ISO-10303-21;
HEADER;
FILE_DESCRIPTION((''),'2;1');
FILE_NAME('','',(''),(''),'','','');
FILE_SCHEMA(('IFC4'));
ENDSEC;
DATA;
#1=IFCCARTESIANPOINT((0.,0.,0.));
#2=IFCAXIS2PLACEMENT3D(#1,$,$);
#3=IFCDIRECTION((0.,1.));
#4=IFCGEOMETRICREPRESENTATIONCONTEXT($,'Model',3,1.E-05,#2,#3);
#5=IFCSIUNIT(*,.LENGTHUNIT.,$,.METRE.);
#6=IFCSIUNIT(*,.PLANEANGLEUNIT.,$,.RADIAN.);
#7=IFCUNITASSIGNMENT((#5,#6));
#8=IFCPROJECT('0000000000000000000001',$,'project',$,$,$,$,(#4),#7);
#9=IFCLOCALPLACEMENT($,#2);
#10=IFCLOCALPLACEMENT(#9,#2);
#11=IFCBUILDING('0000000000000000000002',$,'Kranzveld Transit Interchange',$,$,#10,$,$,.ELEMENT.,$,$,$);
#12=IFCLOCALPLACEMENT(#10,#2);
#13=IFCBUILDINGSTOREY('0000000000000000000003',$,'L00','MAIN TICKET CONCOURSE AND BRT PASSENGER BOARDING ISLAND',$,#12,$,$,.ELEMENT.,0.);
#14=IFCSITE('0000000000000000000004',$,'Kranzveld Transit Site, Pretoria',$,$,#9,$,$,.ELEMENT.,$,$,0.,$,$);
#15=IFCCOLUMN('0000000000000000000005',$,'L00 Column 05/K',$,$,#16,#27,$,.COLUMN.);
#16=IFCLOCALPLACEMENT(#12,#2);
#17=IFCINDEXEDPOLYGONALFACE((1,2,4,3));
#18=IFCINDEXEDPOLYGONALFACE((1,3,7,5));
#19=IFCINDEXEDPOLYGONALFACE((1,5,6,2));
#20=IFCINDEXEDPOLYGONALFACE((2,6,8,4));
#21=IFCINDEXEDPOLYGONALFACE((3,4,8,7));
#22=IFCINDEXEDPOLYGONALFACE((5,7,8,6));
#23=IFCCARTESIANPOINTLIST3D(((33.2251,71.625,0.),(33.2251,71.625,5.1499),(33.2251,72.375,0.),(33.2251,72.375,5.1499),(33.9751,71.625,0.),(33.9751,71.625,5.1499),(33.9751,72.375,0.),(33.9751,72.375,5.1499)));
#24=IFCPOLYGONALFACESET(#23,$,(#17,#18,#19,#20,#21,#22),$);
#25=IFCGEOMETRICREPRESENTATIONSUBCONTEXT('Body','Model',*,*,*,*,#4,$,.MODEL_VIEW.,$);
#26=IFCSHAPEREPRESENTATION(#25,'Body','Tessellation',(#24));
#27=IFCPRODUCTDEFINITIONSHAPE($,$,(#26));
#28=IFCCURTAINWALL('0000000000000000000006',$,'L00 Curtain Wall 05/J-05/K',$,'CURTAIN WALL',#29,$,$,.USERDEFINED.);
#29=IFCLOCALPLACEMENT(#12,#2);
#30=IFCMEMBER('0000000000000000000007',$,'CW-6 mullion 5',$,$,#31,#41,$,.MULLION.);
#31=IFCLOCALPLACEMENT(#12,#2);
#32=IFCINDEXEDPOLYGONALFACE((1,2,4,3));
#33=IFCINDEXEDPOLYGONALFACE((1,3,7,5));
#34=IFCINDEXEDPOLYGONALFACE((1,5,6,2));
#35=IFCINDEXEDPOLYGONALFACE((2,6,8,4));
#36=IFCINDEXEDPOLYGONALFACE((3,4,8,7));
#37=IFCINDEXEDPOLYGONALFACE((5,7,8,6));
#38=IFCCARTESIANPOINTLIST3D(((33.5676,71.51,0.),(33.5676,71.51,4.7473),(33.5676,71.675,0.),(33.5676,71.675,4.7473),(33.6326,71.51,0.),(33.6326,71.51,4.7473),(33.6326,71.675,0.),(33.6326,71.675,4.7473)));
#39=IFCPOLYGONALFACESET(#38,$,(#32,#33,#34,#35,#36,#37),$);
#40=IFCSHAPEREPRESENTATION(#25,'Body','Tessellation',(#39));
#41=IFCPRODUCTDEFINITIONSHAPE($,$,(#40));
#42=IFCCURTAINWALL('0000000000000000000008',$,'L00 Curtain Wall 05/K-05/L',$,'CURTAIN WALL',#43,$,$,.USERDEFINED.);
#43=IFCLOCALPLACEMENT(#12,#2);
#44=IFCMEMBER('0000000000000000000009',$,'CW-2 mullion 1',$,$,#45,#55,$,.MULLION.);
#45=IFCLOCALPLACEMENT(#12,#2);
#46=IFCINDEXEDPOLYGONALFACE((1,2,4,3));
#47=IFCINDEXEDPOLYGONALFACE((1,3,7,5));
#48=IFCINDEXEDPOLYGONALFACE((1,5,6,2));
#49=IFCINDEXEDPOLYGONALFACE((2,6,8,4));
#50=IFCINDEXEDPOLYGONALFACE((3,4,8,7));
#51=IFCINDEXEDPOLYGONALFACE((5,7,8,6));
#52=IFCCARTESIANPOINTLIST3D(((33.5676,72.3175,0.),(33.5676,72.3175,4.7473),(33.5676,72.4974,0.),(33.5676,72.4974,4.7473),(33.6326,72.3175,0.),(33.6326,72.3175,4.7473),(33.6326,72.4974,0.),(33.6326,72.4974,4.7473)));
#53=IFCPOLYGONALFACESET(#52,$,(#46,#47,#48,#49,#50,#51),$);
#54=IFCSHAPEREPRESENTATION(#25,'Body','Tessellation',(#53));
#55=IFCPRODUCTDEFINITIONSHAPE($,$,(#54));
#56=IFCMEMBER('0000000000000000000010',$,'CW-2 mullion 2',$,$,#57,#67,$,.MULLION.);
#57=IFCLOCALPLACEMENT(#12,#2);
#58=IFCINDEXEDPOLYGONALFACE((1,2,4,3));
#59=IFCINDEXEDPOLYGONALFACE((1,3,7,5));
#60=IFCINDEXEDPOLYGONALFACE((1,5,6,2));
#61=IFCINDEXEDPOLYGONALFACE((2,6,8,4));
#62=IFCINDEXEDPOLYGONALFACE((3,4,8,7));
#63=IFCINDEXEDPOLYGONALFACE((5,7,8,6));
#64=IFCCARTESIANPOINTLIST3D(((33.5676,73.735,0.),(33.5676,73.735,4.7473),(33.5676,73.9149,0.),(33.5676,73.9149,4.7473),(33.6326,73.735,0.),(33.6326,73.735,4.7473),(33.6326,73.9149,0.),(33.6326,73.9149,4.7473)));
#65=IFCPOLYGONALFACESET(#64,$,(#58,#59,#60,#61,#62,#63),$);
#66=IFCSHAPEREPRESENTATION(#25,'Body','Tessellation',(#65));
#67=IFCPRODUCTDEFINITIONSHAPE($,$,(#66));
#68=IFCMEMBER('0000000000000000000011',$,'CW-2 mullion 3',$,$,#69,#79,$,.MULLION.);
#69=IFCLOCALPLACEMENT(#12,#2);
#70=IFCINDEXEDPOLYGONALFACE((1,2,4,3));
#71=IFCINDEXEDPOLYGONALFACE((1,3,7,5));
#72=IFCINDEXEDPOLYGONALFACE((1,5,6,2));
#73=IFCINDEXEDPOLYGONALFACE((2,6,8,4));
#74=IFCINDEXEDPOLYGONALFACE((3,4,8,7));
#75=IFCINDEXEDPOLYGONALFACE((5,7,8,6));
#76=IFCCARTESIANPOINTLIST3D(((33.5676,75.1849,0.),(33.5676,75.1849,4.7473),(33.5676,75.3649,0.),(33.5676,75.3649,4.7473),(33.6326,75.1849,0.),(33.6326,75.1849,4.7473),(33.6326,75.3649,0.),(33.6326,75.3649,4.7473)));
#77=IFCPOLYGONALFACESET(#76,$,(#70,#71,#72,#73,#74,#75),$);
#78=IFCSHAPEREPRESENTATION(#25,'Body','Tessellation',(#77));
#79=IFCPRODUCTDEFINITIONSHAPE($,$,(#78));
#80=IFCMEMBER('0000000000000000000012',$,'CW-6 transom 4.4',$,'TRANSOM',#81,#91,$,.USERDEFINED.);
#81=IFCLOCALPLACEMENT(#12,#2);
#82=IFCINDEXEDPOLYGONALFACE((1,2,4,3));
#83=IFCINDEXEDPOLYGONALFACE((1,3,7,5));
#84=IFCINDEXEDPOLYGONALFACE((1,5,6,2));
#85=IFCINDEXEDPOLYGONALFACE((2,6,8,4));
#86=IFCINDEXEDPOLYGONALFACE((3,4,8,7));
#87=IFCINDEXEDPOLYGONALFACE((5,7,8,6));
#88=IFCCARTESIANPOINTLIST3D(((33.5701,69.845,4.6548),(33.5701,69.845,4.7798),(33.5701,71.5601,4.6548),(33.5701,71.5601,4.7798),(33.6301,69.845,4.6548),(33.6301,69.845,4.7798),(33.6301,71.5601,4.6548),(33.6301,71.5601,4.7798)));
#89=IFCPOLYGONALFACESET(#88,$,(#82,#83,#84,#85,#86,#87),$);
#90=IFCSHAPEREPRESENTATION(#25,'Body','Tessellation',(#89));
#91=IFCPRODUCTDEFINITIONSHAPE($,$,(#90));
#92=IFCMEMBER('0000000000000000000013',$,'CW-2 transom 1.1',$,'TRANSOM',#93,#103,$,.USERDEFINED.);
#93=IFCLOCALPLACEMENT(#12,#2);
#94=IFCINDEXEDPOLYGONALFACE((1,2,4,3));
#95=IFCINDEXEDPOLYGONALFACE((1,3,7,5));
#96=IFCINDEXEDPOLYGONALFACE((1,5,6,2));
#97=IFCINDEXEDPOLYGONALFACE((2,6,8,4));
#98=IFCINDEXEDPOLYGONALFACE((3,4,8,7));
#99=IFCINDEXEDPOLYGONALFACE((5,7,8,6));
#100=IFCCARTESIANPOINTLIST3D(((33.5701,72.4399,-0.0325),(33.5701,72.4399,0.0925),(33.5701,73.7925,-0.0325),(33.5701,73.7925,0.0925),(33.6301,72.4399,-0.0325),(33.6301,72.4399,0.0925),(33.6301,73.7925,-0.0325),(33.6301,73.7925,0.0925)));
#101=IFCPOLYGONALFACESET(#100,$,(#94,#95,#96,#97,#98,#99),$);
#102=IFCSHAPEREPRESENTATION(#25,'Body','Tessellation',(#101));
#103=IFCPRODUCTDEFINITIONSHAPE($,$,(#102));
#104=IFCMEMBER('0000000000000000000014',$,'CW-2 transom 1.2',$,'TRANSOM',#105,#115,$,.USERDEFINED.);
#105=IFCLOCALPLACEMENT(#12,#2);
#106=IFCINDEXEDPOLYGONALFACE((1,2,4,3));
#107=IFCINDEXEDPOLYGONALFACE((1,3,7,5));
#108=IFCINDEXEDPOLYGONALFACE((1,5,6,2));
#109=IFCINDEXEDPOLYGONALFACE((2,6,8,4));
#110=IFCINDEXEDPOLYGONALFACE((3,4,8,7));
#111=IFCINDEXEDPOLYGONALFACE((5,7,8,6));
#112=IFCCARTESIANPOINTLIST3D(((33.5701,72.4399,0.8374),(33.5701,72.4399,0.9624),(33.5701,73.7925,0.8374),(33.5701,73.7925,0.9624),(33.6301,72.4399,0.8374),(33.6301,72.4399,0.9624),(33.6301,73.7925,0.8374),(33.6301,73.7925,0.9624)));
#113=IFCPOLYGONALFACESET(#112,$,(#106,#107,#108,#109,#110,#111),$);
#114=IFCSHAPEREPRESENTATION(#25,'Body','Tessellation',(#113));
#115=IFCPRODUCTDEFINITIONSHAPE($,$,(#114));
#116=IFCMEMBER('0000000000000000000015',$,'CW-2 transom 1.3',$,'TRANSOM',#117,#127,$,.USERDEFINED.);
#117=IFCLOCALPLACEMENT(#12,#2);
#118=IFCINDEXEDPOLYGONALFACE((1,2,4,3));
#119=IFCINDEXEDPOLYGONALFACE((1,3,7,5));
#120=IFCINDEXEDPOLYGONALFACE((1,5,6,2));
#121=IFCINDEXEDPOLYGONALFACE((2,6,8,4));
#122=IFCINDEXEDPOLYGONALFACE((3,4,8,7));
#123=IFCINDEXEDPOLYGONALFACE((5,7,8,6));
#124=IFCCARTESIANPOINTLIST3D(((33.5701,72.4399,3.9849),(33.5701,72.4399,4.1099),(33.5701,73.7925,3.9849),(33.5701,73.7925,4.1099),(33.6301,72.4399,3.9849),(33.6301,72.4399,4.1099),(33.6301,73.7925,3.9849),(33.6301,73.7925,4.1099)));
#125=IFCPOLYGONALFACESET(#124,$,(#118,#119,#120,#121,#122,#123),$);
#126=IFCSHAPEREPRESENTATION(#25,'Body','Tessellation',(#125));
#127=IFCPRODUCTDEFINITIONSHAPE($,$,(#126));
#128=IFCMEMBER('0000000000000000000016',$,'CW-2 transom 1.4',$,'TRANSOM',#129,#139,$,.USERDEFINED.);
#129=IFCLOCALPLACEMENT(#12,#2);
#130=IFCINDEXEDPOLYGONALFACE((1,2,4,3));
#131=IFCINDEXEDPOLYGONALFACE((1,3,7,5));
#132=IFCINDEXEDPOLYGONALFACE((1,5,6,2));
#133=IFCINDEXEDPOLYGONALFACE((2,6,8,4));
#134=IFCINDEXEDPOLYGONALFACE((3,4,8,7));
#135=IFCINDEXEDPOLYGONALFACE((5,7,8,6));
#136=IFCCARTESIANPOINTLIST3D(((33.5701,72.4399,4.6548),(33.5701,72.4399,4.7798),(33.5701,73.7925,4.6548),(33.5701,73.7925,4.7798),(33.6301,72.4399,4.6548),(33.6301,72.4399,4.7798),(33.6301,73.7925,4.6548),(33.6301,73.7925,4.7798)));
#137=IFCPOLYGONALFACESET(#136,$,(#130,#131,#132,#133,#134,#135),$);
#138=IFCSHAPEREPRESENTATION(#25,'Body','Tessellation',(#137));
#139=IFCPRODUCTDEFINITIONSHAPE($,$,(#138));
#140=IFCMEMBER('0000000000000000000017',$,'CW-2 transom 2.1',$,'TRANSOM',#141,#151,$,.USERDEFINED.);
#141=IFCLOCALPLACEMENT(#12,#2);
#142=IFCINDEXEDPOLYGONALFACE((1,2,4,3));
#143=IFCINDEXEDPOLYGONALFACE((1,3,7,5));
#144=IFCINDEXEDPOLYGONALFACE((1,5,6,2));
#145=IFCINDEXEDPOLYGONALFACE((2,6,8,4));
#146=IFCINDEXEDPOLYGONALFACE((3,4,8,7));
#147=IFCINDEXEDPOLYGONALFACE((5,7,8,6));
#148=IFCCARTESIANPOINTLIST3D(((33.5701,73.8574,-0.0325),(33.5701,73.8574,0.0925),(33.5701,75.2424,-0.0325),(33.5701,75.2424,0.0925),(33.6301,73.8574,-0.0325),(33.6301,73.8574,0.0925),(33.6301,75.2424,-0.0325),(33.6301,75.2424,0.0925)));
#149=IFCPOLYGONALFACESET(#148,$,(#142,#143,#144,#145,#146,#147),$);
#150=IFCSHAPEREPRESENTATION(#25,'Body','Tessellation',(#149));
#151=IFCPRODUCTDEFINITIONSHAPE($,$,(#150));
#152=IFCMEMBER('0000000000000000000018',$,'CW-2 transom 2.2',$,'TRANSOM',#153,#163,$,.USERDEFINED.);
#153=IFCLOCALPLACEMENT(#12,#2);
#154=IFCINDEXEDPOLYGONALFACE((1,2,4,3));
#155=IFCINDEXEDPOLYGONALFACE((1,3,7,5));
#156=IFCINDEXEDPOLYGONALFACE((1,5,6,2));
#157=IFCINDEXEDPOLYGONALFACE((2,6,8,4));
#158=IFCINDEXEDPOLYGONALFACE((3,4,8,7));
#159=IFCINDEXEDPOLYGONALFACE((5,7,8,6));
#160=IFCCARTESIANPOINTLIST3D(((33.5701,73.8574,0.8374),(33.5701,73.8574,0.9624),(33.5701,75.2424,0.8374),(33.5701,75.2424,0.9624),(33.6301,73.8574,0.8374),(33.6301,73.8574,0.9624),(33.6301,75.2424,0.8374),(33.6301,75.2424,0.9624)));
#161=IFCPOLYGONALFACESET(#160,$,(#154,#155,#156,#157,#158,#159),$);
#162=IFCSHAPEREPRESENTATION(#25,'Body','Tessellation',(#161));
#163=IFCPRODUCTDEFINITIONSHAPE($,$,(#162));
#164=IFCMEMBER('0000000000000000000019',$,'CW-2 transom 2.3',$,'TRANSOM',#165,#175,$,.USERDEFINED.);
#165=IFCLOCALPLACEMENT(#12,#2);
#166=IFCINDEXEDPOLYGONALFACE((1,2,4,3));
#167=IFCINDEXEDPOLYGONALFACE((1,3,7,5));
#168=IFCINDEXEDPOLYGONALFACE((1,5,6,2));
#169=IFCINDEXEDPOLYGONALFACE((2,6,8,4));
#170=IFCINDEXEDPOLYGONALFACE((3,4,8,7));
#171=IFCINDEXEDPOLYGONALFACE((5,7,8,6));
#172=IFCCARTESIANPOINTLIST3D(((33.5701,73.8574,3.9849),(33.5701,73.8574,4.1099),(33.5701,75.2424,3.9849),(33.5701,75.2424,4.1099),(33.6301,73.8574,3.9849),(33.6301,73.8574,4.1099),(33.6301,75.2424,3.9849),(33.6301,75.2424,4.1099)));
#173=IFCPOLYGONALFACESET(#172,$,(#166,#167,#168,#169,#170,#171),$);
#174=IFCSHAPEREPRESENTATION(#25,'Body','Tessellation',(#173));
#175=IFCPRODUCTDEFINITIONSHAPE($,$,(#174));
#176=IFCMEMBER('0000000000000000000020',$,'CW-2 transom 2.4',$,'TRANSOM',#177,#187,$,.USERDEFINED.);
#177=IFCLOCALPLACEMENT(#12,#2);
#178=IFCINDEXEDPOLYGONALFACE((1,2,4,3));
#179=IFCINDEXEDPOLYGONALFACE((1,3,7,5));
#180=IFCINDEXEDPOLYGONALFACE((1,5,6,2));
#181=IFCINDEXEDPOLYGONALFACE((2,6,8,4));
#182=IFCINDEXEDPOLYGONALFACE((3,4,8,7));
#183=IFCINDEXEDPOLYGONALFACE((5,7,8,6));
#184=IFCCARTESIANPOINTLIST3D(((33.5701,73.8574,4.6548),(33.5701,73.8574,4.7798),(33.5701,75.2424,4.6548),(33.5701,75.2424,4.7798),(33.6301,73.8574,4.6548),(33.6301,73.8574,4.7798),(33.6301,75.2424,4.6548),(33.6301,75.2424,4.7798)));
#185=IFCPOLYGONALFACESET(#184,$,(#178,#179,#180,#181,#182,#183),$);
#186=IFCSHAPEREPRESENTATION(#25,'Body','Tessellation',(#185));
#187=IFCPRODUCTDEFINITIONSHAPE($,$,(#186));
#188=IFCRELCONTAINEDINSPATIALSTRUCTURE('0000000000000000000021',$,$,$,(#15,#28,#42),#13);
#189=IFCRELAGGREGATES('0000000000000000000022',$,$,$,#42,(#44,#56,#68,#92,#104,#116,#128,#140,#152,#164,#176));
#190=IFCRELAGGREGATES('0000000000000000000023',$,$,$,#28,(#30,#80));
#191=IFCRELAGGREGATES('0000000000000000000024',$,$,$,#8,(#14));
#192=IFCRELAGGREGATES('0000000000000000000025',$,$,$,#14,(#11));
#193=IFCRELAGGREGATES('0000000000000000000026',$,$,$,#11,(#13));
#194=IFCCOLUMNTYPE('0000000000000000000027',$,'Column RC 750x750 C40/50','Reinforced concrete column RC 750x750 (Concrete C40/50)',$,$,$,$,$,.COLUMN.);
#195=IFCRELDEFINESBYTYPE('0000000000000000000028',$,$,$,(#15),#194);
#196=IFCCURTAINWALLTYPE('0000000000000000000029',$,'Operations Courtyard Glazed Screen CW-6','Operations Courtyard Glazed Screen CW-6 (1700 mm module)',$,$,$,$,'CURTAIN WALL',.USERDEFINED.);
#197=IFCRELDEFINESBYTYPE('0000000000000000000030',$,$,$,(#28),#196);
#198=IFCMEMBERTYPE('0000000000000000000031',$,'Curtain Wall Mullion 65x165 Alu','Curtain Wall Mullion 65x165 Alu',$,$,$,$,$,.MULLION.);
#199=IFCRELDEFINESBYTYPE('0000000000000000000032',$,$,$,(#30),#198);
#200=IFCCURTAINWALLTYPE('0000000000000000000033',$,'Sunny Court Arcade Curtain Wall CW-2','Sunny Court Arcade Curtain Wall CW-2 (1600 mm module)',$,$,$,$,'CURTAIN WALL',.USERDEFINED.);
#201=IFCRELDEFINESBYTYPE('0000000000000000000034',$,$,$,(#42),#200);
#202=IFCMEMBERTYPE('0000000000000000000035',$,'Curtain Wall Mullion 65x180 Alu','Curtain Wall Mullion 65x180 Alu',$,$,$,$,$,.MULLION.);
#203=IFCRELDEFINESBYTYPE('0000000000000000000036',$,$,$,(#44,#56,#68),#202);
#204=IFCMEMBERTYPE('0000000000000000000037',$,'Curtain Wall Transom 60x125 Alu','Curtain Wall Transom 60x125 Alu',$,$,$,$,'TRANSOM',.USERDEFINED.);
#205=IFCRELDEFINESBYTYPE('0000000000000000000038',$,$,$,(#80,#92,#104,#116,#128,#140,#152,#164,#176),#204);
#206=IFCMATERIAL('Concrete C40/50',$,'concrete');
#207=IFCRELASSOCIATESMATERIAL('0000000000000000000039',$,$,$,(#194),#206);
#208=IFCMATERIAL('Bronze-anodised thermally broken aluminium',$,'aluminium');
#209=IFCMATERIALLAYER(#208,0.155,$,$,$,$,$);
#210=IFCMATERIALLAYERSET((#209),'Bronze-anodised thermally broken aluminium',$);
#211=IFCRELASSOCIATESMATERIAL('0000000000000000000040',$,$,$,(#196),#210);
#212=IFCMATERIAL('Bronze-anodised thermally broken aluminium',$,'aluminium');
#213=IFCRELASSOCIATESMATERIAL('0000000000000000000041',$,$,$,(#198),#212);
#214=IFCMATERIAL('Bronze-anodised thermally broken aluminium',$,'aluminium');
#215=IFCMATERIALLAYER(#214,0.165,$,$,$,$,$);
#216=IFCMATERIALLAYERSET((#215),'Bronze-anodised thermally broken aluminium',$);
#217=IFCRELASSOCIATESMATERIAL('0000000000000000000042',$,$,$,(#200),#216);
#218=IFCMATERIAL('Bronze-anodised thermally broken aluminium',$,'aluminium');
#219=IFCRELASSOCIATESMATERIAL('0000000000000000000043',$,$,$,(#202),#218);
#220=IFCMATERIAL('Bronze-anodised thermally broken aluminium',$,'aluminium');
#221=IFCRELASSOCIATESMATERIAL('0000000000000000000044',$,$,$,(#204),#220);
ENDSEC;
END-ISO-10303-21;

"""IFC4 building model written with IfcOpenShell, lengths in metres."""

from ifc_helpers import new_model, si_unit, direction, frame, origin, origin_2d, place, context, subcontext, project, spatial, rectangle, extrude, material, layer, layer_set, material_profile, profile_set, type_object, element, aggregate, save


model = new_model("IFC4")

# Units and contexts
model_context = context("Model", 3, precision=1e-05, world=origin(), true_north=direction((0.0, 1.0)))
body_context = subcontext(model_context, "Body", "Model", "MODEL_VIEW")
ifc_project = project(units=[si_unit("LENGTHUNIT", "METRE"), si_unit("PLANEANGLEUNIT", "RADIAN")], contexts=[model_context])

# Site, building, storey
site_placement = place(None, origin())
site = spatial("IfcSite", under=ifc_project, at=site_placement, Name="Kranzveld Transit Site, Pretoria", CompositionType="ELEMENT", RefElevation=0.0)
building_placement = place(site_placement, origin())
building = spatial("IfcBuilding", under=site, at=building_placement, Name="Kranzveld Transit Interchange", CompositionType="ELEMENT")
storey_placement = place(building_placement, origin())
storey = spatial("IfcBuildingStorey", under=building, at=storey_placement, Name="L00", Description="MAIN TICKET CONCOURSE AND BRT PASSENGER BOARDING ISLAND", CompositionType="ELEMENT", Elevation=0.0)

# Column
ifc_material_1 = material(Name="Concrete C40/50", Category="concrete")
ifc_material_profile_1 = material_profile(ifc_material_1, rectangle(XDim=0.75, YDim=0.75, at=origin_2d()), Name="RC 750x750")
ifc_profile_set_1 = profile_set([ifc_material_profile_1], Name="Concrete C40/50")
column_type = type_object("IfcColumnType", Name="Column RC 750x750 C40/50", Description="Reinforced concrete column RC 750x750 (Concrete C40/50)", PredefinedType="COLUMN", material=ifc_profile_set_1)
column_placement = place(storey_placement, frame((33.6001, 72.0, 0.0), z_axis=(0.0, 0.0, 1.0), x_axis=(1.0, 0.0, 0.0)))
element("IfcColumn", 1, at=column_placement, inside=storey, type_object=column_type, Name="L00 Column 05/K", PredefinedType="COLUMN", context=body_context, shape_type="SweptSolid", body=[
    extrude(rectangle(XDim=0.75, YDim=0.75, at=origin_2d()), origin(), (0.0, 0.0, 1.0), 5.1499),
])

# Curtain wall, member
ifc_material_2 = material(Name="Bronze-anodised thermally broken aluminium", Category="aluminium")
ifc_layer_1 = layer(ifc_material_2, 0.155)
ifc_layer_set_1 = layer_set([ifc_layer_1], Name="Bronze-anodised thermally broken aluminium")
curtain_wall_type_1 = type_object("IfcCurtainWallType", Name="Operations Courtyard Glazed Screen CW-6", Description="Operations Courtyard Glazed Screen CW-6 (1700 mm module)", ElementType="CURTAIN WALL", PredefinedType="USERDEFINED", material=ifc_layer_set_1)
curtain_wall_1_placement = place(storey_placement, origin())
curtain_wall_1 = element("IfcCurtainWall", 2, at=curtain_wall_1_placement, inside=storey, type_object=curtain_wall_type_1, Name="L00 Curtain Wall 05/J-05/K", ObjectType="CURTAIN WALL", PredefinedType="USERDEFINED")
ifc_material_3 = material(Name="Bronze-anodised thermally broken aluminium", Category="aluminium")
ifc_material_profile_2 = material_profile(ifc_material_3, rectangle(XDim=0.0649, YDim=0.165, at=origin_2d()), Name="ALU MULLION 65x165")
ifc_profile_set_2 = profile_set([ifc_material_profile_2], Name="Bronze-anodised thermally broken aluminium")
member_type_1 = type_object("IfcMemberType", Name="Curtain Wall Mullion 65x165 Alu", Description="Curtain Wall Mullion 65x165 Alu", PredefinedType="MULLION", material=ifc_profile_set_2)
member_1_placement = place(storey_placement, frame((33.6001, 71.5925, 0.0), z_axis=(0.0, 0.0, 1.0), x_axis=(-1.0, 0.0, 0.0)))
member_1 = element("IfcMember", 3, at=member_1_placement, type_object=member_type_1, Name="CW-6 mullion 5", PredefinedType="MULLION", context=body_context, shape_type="SweptSolid", body=[
    extrude(rectangle(XDim=0.0649, YDim=0.165, at=origin_2d()), origin(), (0.0, 0.0, 1.0), 4.7473),
])

# Curtain wall, members
ifc_material_4 = material(Name="Bronze-anodised thermally broken aluminium", Category="aluminium")
ifc_layer_2 = layer(ifc_material_4, 0.165)
ifc_layer_set_2 = layer_set([ifc_layer_2], Name="Bronze-anodised thermally broken aluminium")
curtain_wall_type_2 = type_object("IfcCurtainWallType", Name="Sunny Court Arcade Curtain Wall CW-2", Description="Sunny Court Arcade Curtain Wall CW-2 (1600 mm module)", ElementType="CURTAIN WALL", PredefinedType="USERDEFINED", material=ifc_layer_set_2)
curtain_wall_2_placement = place(storey_placement, origin())
curtain_wall_2 = element("IfcCurtainWall", 4, at=curtain_wall_2_placement, inside=storey, type_object=curtain_wall_type_2, Name="L00 Curtain Wall 05/K-05/L", ObjectType="CURTAIN WALL", PredefinedType="USERDEFINED")
ifc_material_5 = material(Name="Bronze-anodised thermally broken aluminium", Category="aluminium")
ifc_material_profile_3 = material_profile(ifc_material_5, rectangle(XDim=0.0649, YDim=0.1799, at=origin_2d()), Name="ALU MULLION 65x180")
ifc_profile_set_3 = profile_set([ifc_material_profile_3], Name="Bronze-anodised thermally broken aluminium")
member_type_2 = type_object("IfcMemberType", Name="Curtain Wall Mullion 65x180 Alu", Description="Curtain Wall Mullion 65x180 Alu", PredefinedType="MULLION", material=ifc_profile_set_3)
member_2_placement = place(storey_placement, frame((33.6001, 72.4075, 0.0), z_axis=(0.0, 0.0, 1.0), x_axis=(-1.0, 0.0, 0.0)))
member_2 = element("IfcMember", 5, at=member_2_placement, type_object=member_type_2, Name="CW-2 mullion 1", PredefinedType="MULLION", context=body_context, shape_type="SweptSolid", body=[
    extrude(rectangle(XDim=0.0649, YDim=0.1799, at=origin_2d()), origin(), (0.0, 0.0, 1.0), 4.7473),
])
member_3_placement = place(storey_placement, frame((33.6001, 73.825, 0.0), z_axis=(0.0, 0.0, 1.0), x_axis=(-1.0, 0.0, 0.0)))
member_3 = element("IfcMember", 6, at=member_3_placement, type_object=member_type_2, Name="CW-2 mullion 2", PredefinedType="MULLION", context=body_context, shape_type="SweptSolid", body=[
    extrude(rectangle(XDim=0.0649, YDim=0.1799, at=origin_2d()), origin(), (0.0, 0.0, 1.0), 4.7473),
])
member_4_placement = place(storey_placement, frame((33.6001, 75.2749, 0.0), z_axis=(0.0, 0.0, 1.0), x_axis=(-1.0, 0.0, 0.0)))
member_4 = element("IfcMember", 7, at=member_4_placement, type_object=member_type_2, Name="CW-2 mullion 3", PredefinedType="MULLION", context=body_context, shape_type="SweptSolid", body=[
    extrude(rectangle(XDim=0.0649, YDim=0.1799, at=origin_2d()), origin(), (0.0, 0.0, 1.0), 4.7473),
])

# Members
ifc_material_6 = material(Name="Bronze-anodised thermally broken aluminium", Category="aluminium")
ifc_material_profile_4 = material_profile(ifc_material_6, rectangle(XDim=0.0601, YDim=0.125, at=origin_2d()), Name="ALU TRANSOM 60x125")
ifc_profile_set_4 = profile_set([ifc_material_profile_4], Name="Bronze-anodised thermally broken aluminium")
member_type_3 = type_object("IfcMemberType", Name="Curtain Wall Transom 60x125 Alu", Description="Curtain Wall Transom 60x125 Alu", ElementType="TRANSOM", PredefinedType="USERDEFINED", material=ifc_profile_set_4)
member_5_placement = place(storey_placement, frame((33.6001, 69.845, 4.7173), z_axis=(0.0, 1.0, 0.0), x_axis=(-1.0, 0.0, 0.0)))
member_5 = element("IfcMember", 8, at=member_5_placement, type_object=member_type_3, Name="CW-6 transom 4.4", ObjectType="TRANSOM", PredefinedType="USERDEFINED", context=body_context, shape_type="SweptSolid", body=[
    extrude(rectangle(XDim=0.0601, YDim=0.125, at=origin_2d()), origin(), (0.0, 0.0, 1.0), 1.7151),
])
member_6_placement = place(storey_placement, frame((33.6001, 72.4399, 0.03), z_axis=(0.0, 1.0, 0.0), x_axis=(-1.0, 0.0, 0.0)))
member_6 = element("IfcMember", 9, at=member_6_placement, type_object=member_type_3, Name="CW-2 transom 1.1", ObjectType="TRANSOM", PredefinedType="USERDEFINED", context=body_context, shape_type="SweptSolid", body=[
    extrude(rectangle(XDim=0.0601, YDim=0.125, at=origin_2d()), origin(), (0.0, 0.0, 1.0), 1.3525),
])
member_7_placement = place(storey_placement, frame((33.6001, 72.4399, 0.8999), z_axis=(0.0, 1.0, 0.0), x_axis=(-1.0, 0.0, 0.0)))
member_7 = element("IfcMember", 10, at=member_7_placement, type_object=member_type_3, Name="CW-2 transom 1.2", ObjectType="TRANSOM", PredefinedType="USERDEFINED", context=body_context, shape_type="SweptSolid", body=[
    extrude(rectangle(XDim=0.0601, YDim=0.125, at=origin_2d()), origin(), (0.0, 0.0, 1.0), 1.3525),
])
member_8_placement = place(storey_placement, frame((33.6001, 72.4399, 4.0474), z_axis=(0.0, 1.0, 0.0), x_axis=(-1.0, 0.0, 0.0)))
member_8 = element("IfcMember", 11, at=member_8_placement, type_object=member_type_3, Name="CW-2 transom 1.3", ObjectType="TRANSOM", PredefinedType="USERDEFINED", context=body_context, shape_type="SweptSolid", body=[
    extrude(rectangle(XDim=0.0601, YDim=0.125, at=origin_2d()), origin(), (0.0, 0.0, 1.0), 1.3525),
])
member_9_placement = place(storey_placement, frame((33.6001, 72.4399, 4.7173), z_axis=(0.0, 1.0, 0.0), x_axis=(-1.0, 0.0, 0.0)))
member_9 = element("IfcMember", 12, at=member_9_placement, type_object=member_type_3, Name="CW-2 transom 1.4", ObjectType="TRANSOM", PredefinedType="USERDEFINED", context=body_context, shape_type="SweptSolid", body=[
    extrude(rectangle(XDim=0.0601, YDim=0.125, at=origin_2d()), origin(), (0.0, 0.0, 1.0), 1.3525),
])
member_10_placement = place(storey_placement, frame((33.6001, 73.8574, 0.03), z_axis=(0.0, 1.0, 0.0), x_axis=(-1.0, 0.0, 0.0)))
member_10 = element("IfcMember", 13, at=member_10_placement, type_object=member_type_3, Name="CW-2 transom 2.1", ObjectType="TRANSOM", PredefinedType="USERDEFINED", context=body_context, shape_type="SweptSolid", body=[
    extrude(rectangle(XDim=0.0601, YDim=0.125, at=origin_2d()), origin(), (0.0, 0.0, 1.0), 1.385),
])
member_11_placement = place(storey_placement, frame((33.6001, 73.8574, 0.8999), z_axis=(0.0, 1.0, 0.0), x_axis=(-1.0, 0.0, 0.0)))
member_11 = element("IfcMember", 14, at=member_11_placement, type_object=member_type_3, Name="CW-2 transom 2.2", ObjectType="TRANSOM", PredefinedType="USERDEFINED", context=body_context, shape_type="SweptSolid", body=[
    extrude(rectangle(XDim=0.0601, YDim=0.125, at=origin_2d()), origin(), (0.0, 0.0, 1.0), 1.385),
])
member_12_placement = place(storey_placement, frame((33.6001, 73.8574, 4.0474), z_axis=(0.0, 1.0, 0.0), x_axis=(-1.0, 0.0, 0.0)))
member_12 = element("IfcMember", 15, at=member_12_placement, type_object=member_type_3, Name="CW-2 transom 2.3", ObjectType="TRANSOM", PredefinedType="USERDEFINED", context=body_context, shape_type="SweptSolid", body=[
    extrude(rectangle(XDim=0.0601, YDim=0.125, at=origin_2d()), origin(), (0.0, 0.0, 1.0), 1.385),
])
member_13_placement = place(storey_placement, frame((33.6001, 73.8574, 4.7173), z_axis=(0.0, 1.0, 0.0), x_axis=(-1.0, 0.0, 0.0)))
member_13 = element("IfcMember", 16, at=member_13_placement, type_object=member_type_3, Name="CW-2 transom 2.4", ObjectType="TRANSOM", PredefinedType="USERDEFINED", context=body_context, shape_type="SweptSolid", body=[
    extrude(rectangle(XDim=0.0601, YDim=0.125, at=origin_2d()), origin(), (0.0, 0.0, 1.0), 1.385),
])

aggregate(curtain_wall_2, [member_2, member_3, member_4, member_6, member_7, member_8, member_9, member_10, member_11, member_12, member_13])
aggregate(curtain_wall_1, [member_1, member_5])

save(model, "model.ifc")
